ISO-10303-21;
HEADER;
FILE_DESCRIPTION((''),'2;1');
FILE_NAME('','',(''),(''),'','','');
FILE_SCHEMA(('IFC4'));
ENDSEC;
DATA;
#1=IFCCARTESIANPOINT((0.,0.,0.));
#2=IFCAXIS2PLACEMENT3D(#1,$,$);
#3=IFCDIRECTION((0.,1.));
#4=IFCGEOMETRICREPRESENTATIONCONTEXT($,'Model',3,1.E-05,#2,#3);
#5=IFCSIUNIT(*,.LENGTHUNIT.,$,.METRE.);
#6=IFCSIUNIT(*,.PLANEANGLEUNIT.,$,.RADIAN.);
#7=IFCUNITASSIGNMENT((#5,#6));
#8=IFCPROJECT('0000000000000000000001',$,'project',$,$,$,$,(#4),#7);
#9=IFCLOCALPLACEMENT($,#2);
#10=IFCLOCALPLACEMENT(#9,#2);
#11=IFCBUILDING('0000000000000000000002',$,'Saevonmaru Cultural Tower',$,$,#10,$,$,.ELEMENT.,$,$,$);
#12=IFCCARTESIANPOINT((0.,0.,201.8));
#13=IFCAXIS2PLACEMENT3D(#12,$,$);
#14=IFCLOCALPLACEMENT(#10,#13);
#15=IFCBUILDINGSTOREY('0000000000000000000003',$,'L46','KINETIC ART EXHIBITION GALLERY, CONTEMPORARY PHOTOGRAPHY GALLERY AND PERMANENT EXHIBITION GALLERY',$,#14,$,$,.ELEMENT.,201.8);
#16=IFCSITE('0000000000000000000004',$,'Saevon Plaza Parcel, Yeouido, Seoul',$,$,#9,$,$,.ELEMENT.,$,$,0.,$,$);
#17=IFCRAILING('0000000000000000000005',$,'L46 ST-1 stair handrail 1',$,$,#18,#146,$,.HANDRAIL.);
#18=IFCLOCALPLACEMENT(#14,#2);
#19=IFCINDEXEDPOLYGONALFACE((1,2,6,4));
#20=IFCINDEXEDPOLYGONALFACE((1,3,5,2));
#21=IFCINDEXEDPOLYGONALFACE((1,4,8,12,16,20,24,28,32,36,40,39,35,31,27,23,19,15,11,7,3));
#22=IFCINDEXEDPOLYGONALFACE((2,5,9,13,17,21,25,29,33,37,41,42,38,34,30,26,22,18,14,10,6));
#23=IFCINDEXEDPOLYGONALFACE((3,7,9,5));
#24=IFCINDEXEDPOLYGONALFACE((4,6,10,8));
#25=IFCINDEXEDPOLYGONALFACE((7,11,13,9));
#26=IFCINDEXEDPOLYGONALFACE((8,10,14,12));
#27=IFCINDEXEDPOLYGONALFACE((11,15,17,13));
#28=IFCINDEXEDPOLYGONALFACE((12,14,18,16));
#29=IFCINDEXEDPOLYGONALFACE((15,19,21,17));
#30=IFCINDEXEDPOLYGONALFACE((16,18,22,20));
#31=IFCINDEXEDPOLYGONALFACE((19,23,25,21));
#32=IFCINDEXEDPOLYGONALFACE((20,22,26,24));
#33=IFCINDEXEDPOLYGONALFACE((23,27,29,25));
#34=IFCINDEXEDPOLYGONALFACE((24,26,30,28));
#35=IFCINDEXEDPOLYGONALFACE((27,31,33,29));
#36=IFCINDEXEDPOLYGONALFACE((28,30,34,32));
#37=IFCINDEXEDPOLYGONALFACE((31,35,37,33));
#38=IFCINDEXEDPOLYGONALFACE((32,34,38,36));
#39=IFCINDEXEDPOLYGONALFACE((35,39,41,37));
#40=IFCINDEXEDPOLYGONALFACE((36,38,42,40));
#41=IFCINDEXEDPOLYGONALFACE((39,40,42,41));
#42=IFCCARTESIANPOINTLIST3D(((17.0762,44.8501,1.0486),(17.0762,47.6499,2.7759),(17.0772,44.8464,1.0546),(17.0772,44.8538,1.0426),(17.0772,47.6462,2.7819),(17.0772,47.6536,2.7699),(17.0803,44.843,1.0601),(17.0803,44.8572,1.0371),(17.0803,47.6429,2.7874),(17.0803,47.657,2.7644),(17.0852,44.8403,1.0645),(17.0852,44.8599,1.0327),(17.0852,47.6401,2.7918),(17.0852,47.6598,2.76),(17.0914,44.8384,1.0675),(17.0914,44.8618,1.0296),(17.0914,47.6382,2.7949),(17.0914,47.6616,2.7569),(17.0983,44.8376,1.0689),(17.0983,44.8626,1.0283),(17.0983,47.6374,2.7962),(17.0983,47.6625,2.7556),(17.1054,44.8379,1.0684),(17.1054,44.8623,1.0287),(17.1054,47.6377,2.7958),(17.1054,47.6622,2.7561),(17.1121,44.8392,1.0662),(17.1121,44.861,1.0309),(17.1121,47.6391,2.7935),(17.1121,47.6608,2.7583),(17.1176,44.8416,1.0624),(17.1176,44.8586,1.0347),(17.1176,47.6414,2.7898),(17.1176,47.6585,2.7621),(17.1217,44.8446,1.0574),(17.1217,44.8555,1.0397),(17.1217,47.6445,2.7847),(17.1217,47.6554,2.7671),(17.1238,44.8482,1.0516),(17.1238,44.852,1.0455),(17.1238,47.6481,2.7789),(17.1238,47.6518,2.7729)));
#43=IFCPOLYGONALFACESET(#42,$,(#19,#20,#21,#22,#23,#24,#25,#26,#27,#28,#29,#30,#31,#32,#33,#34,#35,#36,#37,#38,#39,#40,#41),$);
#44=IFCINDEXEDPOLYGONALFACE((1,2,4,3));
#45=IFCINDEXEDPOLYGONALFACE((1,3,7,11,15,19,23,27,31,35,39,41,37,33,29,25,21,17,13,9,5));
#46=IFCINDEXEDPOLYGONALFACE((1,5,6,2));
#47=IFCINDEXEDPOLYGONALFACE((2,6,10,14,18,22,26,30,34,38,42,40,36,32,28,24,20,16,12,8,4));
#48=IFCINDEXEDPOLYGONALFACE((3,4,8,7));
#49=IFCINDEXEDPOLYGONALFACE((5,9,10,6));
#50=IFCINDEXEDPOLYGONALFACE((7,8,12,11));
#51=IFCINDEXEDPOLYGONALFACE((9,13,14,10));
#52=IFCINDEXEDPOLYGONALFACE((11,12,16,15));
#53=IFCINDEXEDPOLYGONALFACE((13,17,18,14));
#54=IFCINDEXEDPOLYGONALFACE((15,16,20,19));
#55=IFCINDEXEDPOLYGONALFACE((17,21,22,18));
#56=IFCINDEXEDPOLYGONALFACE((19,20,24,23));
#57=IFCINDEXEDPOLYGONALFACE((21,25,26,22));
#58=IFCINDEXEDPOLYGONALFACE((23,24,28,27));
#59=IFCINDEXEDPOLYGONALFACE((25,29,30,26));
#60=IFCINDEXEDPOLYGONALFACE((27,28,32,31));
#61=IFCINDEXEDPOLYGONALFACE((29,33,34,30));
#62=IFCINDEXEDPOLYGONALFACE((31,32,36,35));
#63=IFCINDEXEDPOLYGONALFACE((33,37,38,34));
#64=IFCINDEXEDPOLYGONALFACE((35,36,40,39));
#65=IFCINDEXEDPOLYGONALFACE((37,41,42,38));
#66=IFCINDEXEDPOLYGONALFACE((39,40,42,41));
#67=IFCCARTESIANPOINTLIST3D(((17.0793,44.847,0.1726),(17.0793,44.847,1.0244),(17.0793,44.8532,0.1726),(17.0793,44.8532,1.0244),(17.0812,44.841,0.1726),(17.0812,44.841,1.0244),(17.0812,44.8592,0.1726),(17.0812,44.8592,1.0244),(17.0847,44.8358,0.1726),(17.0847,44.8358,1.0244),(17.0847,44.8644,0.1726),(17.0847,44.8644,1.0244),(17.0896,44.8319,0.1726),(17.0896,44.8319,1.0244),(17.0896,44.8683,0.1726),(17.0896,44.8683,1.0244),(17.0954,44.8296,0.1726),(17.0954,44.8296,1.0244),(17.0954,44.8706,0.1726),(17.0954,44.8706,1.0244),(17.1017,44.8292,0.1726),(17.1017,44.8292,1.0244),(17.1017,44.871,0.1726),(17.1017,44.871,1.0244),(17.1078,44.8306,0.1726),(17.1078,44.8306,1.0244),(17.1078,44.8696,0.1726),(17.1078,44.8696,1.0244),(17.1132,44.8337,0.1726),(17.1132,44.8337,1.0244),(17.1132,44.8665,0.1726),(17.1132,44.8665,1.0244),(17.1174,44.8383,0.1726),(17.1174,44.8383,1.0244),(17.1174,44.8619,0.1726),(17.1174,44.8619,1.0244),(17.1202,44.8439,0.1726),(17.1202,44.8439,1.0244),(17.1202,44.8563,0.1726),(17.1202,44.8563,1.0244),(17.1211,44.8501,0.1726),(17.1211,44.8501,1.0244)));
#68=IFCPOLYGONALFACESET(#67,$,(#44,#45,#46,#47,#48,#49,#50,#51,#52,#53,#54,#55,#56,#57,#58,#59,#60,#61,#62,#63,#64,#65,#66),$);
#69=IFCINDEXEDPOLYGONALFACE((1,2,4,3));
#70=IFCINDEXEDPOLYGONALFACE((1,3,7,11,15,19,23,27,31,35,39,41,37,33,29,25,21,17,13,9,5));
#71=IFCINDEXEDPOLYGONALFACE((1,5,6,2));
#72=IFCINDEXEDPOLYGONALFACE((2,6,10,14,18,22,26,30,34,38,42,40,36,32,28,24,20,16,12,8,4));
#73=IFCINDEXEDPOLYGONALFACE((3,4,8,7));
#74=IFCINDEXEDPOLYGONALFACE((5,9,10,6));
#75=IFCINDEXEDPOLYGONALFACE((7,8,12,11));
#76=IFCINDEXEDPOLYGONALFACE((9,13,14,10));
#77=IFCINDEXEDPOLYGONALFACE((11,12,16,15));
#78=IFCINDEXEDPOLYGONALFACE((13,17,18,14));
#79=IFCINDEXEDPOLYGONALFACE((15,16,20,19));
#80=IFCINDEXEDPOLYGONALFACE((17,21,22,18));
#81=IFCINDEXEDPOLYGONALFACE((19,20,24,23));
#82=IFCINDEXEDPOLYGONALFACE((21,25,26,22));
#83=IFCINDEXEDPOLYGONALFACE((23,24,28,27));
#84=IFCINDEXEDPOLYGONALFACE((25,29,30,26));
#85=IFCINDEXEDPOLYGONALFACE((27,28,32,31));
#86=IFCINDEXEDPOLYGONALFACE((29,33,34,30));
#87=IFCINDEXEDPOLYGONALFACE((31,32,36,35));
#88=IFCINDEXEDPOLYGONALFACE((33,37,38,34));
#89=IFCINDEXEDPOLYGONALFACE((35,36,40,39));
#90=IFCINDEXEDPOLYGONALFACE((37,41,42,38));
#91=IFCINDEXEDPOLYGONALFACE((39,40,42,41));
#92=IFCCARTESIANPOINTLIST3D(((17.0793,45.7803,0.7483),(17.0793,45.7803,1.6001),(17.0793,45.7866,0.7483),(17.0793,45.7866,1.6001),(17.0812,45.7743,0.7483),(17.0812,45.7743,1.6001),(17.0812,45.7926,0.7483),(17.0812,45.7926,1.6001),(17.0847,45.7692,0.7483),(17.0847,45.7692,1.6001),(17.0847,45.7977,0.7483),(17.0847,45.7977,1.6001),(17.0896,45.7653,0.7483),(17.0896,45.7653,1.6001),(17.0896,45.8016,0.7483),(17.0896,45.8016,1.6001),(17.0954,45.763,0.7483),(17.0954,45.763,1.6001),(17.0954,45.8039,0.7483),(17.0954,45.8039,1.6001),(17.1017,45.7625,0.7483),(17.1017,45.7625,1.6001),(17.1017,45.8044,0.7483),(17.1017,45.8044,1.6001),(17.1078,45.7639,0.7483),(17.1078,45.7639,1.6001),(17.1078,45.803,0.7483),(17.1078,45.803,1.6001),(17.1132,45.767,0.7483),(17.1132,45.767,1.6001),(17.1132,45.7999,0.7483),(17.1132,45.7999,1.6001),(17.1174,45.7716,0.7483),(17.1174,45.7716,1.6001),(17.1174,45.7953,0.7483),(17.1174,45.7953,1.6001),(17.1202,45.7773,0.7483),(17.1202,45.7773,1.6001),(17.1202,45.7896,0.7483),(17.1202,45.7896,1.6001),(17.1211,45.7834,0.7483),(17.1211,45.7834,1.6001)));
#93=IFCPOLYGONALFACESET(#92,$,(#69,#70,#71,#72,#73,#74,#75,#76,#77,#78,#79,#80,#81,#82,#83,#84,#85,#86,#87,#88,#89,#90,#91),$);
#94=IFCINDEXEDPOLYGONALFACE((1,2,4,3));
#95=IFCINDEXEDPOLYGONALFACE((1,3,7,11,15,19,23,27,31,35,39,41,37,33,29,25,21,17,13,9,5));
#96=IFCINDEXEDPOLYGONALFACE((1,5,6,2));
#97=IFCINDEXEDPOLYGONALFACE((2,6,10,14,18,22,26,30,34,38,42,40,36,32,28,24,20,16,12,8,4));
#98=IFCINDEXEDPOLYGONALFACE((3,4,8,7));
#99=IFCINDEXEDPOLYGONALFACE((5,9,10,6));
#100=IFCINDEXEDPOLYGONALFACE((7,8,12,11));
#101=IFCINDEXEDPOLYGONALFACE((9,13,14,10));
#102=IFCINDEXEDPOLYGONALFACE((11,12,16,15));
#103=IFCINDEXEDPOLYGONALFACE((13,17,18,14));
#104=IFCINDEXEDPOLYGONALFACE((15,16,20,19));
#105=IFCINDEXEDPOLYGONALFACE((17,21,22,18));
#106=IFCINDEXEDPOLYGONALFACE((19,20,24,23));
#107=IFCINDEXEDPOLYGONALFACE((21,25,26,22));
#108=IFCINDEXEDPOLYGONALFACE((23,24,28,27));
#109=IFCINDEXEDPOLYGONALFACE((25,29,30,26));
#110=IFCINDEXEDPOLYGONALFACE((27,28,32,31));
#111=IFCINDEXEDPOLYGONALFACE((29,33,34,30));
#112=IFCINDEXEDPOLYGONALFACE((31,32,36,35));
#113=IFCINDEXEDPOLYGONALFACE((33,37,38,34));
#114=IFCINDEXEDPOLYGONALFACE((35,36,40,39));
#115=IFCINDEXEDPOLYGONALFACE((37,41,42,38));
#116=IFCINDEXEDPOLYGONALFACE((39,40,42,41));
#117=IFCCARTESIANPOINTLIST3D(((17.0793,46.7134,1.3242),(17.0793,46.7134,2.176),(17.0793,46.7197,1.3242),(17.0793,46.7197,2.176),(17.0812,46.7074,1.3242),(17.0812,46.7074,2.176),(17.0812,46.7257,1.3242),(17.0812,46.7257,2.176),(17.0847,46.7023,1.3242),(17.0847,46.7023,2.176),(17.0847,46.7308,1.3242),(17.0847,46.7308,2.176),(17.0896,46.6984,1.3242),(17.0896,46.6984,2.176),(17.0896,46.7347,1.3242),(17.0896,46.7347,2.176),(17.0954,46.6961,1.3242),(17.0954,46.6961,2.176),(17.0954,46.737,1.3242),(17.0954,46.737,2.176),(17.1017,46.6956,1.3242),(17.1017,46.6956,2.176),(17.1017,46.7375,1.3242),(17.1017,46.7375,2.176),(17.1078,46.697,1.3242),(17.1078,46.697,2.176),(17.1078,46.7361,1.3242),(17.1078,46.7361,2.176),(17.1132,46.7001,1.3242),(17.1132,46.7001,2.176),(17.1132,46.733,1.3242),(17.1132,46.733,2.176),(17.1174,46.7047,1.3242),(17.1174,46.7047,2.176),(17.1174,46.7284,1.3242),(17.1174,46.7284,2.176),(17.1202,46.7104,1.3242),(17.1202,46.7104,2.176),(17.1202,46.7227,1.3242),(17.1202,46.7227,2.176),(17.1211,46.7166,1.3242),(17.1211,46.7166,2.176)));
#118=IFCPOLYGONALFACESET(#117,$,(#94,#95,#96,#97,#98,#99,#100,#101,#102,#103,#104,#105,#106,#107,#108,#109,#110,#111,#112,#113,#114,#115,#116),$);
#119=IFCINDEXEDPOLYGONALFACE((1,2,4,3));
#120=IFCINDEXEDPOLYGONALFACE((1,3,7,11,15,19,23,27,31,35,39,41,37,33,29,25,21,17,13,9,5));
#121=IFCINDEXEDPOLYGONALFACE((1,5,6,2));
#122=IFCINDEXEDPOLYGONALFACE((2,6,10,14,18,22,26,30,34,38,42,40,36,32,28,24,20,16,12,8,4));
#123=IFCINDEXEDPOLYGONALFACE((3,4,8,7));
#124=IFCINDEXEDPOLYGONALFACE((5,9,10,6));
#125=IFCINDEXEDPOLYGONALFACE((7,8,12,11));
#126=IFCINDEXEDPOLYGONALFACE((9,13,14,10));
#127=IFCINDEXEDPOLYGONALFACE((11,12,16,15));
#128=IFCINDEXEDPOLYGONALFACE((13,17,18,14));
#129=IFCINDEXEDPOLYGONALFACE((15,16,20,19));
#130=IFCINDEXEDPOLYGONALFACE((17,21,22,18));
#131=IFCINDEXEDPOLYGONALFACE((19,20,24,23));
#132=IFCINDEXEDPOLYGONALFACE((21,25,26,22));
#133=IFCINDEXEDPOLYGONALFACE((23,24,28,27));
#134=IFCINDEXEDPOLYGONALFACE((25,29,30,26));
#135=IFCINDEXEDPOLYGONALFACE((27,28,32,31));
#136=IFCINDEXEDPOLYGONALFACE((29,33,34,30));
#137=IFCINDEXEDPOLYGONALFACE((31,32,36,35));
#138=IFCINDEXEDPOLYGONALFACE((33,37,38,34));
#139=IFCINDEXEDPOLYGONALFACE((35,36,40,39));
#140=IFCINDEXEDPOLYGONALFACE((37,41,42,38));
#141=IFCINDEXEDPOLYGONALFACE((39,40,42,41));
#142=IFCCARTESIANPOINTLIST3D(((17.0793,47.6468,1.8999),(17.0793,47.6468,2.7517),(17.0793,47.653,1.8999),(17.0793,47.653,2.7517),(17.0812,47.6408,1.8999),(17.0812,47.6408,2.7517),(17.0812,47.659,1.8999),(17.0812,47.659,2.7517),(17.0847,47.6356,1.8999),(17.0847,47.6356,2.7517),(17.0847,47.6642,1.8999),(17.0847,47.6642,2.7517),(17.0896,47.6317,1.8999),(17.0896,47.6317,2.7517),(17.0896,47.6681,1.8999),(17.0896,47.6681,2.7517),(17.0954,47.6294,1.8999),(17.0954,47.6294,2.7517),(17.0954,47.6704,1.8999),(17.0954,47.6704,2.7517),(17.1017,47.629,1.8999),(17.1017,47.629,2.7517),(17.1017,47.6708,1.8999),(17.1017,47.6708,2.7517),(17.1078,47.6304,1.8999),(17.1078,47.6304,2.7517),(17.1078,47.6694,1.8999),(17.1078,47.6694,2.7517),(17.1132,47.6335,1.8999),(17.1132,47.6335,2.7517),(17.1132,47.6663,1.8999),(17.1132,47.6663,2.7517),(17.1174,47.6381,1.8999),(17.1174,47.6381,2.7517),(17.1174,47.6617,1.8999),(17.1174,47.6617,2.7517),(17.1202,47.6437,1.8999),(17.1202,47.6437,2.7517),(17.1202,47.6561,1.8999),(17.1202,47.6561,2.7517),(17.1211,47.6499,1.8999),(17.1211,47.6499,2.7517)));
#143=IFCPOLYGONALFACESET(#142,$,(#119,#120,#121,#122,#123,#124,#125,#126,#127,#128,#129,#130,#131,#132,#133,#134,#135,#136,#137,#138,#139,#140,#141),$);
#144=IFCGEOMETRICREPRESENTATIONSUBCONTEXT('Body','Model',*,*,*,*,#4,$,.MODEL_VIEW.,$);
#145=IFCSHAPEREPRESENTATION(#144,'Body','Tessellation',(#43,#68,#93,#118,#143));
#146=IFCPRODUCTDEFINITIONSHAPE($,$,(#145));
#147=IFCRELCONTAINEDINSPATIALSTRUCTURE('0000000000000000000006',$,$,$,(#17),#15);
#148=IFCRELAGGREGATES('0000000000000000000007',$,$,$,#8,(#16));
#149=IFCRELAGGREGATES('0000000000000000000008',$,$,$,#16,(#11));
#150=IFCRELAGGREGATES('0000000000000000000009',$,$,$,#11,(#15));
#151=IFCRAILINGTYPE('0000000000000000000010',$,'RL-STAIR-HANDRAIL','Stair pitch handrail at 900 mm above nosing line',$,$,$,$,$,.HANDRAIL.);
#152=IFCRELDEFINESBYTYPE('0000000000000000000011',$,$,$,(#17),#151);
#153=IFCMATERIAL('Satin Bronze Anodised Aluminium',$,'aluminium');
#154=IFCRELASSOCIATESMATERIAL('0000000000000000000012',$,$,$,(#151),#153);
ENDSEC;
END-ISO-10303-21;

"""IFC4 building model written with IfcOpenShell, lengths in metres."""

from ifc_helpers import new_model, si_unit, direction, frame, origin, origin_2d, place, context, subcontext, project, spatial, circle, extrude, material, type_object, element, save


model = new_model("IFC4")

# Units and contexts
model_context = context("Model", 3, precision=1e-05, world=origin(), true_north=direction((0.0, 1.0)))
body_context = subcontext(model_context, "Body", "Model", "MODEL_VIEW")
ifc_project = project(units=[si_unit("LENGTHUNIT", "METRE"), si_unit("PLANEANGLEUNIT", "RADIAN")], contexts=[model_context])

# Site, building, storey
site_placement = place(None, origin())
site = spatial("IfcSite", under=ifc_project, at=site_placement, Name="Saevon Plaza Parcel, Yeouido, Seoul", CompositionType="ELEMENT", RefElevation=0.0)
building_placement = place(site_placement, origin())
building = spatial("IfcBuilding", under=site, at=building_placement, Name="Saevonmaru Cultural Tower", CompositionType="ELEMENT")
storey_placement = place(building_placement, frame((0.0, 0.0, 201.8)))
storey = spatial("IfcBuildingStorey", under=building, at=storey_placement, Name="L46", Description="KINETIC ART EXHIBITION GALLERY, CONTEMPORARY PHOTOGRAPHY GALLERY AND PERMANENT EXHIBITION GALLERY", CompositionType="ELEMENT", Elevation=201.8)

# Shared definitions
ifc_material_1 = material(Name="Satin Bronze Anodised Aluminium", Category="aluminium")

# Railing
railing_type_1 = type_object("IfcRailingType", Name="RL-STAIR-HANDRAIL", Description="Stair pitch handrail at 900 mm above nosing line", PredefinedType="HANDRAIL", material=ifc_material_1)
railing_1_placement = place(storey_placement, frame((17.1001, 44.8501, 0.1726)))
element("IfcRailing", 1, at=railing_1_placement, inside=storey, type_object=railing_type_1, Name="L46 ST-1 stair handrail 1", PredefinedType="HANDRAIL", context=body_context, shape_type="SweptSolid", body=[
    extrude(circle(Radius=0.0239, at=origin_2d()), frame((0.0, 0.0, 0.876), z_axis=(0.0, 0.851069, 0.525054), x_axis=(-1.0, 0.0, 0.0)), (0.0, 0.0, 1.0), 3.2898),
    extrude(circle(Radius=0.021, at=origin_2d()), origin(), (0.0, 0.0, 1.0), 0.8518),
    extrude(circle(Radius=0.021, at=origin_2d()), frame((0.0, 0.9333, 0.5757)), (0.0, 0.0, 1.0), 0.8518),
    extrude(circle(Radius=0.021, at=origin_2d()), frame((0.0, 1.8665, 1.1516)), (0.0, 0.0, 1.0), 0.8518),
    extrude(circle(Radius=0.021, at=origin_2d()), frame((0.0, 2.7998, 1.7273)), (0.0, 0.0, 1.0), 0.8518),
])

save(model, "model.ifc")
